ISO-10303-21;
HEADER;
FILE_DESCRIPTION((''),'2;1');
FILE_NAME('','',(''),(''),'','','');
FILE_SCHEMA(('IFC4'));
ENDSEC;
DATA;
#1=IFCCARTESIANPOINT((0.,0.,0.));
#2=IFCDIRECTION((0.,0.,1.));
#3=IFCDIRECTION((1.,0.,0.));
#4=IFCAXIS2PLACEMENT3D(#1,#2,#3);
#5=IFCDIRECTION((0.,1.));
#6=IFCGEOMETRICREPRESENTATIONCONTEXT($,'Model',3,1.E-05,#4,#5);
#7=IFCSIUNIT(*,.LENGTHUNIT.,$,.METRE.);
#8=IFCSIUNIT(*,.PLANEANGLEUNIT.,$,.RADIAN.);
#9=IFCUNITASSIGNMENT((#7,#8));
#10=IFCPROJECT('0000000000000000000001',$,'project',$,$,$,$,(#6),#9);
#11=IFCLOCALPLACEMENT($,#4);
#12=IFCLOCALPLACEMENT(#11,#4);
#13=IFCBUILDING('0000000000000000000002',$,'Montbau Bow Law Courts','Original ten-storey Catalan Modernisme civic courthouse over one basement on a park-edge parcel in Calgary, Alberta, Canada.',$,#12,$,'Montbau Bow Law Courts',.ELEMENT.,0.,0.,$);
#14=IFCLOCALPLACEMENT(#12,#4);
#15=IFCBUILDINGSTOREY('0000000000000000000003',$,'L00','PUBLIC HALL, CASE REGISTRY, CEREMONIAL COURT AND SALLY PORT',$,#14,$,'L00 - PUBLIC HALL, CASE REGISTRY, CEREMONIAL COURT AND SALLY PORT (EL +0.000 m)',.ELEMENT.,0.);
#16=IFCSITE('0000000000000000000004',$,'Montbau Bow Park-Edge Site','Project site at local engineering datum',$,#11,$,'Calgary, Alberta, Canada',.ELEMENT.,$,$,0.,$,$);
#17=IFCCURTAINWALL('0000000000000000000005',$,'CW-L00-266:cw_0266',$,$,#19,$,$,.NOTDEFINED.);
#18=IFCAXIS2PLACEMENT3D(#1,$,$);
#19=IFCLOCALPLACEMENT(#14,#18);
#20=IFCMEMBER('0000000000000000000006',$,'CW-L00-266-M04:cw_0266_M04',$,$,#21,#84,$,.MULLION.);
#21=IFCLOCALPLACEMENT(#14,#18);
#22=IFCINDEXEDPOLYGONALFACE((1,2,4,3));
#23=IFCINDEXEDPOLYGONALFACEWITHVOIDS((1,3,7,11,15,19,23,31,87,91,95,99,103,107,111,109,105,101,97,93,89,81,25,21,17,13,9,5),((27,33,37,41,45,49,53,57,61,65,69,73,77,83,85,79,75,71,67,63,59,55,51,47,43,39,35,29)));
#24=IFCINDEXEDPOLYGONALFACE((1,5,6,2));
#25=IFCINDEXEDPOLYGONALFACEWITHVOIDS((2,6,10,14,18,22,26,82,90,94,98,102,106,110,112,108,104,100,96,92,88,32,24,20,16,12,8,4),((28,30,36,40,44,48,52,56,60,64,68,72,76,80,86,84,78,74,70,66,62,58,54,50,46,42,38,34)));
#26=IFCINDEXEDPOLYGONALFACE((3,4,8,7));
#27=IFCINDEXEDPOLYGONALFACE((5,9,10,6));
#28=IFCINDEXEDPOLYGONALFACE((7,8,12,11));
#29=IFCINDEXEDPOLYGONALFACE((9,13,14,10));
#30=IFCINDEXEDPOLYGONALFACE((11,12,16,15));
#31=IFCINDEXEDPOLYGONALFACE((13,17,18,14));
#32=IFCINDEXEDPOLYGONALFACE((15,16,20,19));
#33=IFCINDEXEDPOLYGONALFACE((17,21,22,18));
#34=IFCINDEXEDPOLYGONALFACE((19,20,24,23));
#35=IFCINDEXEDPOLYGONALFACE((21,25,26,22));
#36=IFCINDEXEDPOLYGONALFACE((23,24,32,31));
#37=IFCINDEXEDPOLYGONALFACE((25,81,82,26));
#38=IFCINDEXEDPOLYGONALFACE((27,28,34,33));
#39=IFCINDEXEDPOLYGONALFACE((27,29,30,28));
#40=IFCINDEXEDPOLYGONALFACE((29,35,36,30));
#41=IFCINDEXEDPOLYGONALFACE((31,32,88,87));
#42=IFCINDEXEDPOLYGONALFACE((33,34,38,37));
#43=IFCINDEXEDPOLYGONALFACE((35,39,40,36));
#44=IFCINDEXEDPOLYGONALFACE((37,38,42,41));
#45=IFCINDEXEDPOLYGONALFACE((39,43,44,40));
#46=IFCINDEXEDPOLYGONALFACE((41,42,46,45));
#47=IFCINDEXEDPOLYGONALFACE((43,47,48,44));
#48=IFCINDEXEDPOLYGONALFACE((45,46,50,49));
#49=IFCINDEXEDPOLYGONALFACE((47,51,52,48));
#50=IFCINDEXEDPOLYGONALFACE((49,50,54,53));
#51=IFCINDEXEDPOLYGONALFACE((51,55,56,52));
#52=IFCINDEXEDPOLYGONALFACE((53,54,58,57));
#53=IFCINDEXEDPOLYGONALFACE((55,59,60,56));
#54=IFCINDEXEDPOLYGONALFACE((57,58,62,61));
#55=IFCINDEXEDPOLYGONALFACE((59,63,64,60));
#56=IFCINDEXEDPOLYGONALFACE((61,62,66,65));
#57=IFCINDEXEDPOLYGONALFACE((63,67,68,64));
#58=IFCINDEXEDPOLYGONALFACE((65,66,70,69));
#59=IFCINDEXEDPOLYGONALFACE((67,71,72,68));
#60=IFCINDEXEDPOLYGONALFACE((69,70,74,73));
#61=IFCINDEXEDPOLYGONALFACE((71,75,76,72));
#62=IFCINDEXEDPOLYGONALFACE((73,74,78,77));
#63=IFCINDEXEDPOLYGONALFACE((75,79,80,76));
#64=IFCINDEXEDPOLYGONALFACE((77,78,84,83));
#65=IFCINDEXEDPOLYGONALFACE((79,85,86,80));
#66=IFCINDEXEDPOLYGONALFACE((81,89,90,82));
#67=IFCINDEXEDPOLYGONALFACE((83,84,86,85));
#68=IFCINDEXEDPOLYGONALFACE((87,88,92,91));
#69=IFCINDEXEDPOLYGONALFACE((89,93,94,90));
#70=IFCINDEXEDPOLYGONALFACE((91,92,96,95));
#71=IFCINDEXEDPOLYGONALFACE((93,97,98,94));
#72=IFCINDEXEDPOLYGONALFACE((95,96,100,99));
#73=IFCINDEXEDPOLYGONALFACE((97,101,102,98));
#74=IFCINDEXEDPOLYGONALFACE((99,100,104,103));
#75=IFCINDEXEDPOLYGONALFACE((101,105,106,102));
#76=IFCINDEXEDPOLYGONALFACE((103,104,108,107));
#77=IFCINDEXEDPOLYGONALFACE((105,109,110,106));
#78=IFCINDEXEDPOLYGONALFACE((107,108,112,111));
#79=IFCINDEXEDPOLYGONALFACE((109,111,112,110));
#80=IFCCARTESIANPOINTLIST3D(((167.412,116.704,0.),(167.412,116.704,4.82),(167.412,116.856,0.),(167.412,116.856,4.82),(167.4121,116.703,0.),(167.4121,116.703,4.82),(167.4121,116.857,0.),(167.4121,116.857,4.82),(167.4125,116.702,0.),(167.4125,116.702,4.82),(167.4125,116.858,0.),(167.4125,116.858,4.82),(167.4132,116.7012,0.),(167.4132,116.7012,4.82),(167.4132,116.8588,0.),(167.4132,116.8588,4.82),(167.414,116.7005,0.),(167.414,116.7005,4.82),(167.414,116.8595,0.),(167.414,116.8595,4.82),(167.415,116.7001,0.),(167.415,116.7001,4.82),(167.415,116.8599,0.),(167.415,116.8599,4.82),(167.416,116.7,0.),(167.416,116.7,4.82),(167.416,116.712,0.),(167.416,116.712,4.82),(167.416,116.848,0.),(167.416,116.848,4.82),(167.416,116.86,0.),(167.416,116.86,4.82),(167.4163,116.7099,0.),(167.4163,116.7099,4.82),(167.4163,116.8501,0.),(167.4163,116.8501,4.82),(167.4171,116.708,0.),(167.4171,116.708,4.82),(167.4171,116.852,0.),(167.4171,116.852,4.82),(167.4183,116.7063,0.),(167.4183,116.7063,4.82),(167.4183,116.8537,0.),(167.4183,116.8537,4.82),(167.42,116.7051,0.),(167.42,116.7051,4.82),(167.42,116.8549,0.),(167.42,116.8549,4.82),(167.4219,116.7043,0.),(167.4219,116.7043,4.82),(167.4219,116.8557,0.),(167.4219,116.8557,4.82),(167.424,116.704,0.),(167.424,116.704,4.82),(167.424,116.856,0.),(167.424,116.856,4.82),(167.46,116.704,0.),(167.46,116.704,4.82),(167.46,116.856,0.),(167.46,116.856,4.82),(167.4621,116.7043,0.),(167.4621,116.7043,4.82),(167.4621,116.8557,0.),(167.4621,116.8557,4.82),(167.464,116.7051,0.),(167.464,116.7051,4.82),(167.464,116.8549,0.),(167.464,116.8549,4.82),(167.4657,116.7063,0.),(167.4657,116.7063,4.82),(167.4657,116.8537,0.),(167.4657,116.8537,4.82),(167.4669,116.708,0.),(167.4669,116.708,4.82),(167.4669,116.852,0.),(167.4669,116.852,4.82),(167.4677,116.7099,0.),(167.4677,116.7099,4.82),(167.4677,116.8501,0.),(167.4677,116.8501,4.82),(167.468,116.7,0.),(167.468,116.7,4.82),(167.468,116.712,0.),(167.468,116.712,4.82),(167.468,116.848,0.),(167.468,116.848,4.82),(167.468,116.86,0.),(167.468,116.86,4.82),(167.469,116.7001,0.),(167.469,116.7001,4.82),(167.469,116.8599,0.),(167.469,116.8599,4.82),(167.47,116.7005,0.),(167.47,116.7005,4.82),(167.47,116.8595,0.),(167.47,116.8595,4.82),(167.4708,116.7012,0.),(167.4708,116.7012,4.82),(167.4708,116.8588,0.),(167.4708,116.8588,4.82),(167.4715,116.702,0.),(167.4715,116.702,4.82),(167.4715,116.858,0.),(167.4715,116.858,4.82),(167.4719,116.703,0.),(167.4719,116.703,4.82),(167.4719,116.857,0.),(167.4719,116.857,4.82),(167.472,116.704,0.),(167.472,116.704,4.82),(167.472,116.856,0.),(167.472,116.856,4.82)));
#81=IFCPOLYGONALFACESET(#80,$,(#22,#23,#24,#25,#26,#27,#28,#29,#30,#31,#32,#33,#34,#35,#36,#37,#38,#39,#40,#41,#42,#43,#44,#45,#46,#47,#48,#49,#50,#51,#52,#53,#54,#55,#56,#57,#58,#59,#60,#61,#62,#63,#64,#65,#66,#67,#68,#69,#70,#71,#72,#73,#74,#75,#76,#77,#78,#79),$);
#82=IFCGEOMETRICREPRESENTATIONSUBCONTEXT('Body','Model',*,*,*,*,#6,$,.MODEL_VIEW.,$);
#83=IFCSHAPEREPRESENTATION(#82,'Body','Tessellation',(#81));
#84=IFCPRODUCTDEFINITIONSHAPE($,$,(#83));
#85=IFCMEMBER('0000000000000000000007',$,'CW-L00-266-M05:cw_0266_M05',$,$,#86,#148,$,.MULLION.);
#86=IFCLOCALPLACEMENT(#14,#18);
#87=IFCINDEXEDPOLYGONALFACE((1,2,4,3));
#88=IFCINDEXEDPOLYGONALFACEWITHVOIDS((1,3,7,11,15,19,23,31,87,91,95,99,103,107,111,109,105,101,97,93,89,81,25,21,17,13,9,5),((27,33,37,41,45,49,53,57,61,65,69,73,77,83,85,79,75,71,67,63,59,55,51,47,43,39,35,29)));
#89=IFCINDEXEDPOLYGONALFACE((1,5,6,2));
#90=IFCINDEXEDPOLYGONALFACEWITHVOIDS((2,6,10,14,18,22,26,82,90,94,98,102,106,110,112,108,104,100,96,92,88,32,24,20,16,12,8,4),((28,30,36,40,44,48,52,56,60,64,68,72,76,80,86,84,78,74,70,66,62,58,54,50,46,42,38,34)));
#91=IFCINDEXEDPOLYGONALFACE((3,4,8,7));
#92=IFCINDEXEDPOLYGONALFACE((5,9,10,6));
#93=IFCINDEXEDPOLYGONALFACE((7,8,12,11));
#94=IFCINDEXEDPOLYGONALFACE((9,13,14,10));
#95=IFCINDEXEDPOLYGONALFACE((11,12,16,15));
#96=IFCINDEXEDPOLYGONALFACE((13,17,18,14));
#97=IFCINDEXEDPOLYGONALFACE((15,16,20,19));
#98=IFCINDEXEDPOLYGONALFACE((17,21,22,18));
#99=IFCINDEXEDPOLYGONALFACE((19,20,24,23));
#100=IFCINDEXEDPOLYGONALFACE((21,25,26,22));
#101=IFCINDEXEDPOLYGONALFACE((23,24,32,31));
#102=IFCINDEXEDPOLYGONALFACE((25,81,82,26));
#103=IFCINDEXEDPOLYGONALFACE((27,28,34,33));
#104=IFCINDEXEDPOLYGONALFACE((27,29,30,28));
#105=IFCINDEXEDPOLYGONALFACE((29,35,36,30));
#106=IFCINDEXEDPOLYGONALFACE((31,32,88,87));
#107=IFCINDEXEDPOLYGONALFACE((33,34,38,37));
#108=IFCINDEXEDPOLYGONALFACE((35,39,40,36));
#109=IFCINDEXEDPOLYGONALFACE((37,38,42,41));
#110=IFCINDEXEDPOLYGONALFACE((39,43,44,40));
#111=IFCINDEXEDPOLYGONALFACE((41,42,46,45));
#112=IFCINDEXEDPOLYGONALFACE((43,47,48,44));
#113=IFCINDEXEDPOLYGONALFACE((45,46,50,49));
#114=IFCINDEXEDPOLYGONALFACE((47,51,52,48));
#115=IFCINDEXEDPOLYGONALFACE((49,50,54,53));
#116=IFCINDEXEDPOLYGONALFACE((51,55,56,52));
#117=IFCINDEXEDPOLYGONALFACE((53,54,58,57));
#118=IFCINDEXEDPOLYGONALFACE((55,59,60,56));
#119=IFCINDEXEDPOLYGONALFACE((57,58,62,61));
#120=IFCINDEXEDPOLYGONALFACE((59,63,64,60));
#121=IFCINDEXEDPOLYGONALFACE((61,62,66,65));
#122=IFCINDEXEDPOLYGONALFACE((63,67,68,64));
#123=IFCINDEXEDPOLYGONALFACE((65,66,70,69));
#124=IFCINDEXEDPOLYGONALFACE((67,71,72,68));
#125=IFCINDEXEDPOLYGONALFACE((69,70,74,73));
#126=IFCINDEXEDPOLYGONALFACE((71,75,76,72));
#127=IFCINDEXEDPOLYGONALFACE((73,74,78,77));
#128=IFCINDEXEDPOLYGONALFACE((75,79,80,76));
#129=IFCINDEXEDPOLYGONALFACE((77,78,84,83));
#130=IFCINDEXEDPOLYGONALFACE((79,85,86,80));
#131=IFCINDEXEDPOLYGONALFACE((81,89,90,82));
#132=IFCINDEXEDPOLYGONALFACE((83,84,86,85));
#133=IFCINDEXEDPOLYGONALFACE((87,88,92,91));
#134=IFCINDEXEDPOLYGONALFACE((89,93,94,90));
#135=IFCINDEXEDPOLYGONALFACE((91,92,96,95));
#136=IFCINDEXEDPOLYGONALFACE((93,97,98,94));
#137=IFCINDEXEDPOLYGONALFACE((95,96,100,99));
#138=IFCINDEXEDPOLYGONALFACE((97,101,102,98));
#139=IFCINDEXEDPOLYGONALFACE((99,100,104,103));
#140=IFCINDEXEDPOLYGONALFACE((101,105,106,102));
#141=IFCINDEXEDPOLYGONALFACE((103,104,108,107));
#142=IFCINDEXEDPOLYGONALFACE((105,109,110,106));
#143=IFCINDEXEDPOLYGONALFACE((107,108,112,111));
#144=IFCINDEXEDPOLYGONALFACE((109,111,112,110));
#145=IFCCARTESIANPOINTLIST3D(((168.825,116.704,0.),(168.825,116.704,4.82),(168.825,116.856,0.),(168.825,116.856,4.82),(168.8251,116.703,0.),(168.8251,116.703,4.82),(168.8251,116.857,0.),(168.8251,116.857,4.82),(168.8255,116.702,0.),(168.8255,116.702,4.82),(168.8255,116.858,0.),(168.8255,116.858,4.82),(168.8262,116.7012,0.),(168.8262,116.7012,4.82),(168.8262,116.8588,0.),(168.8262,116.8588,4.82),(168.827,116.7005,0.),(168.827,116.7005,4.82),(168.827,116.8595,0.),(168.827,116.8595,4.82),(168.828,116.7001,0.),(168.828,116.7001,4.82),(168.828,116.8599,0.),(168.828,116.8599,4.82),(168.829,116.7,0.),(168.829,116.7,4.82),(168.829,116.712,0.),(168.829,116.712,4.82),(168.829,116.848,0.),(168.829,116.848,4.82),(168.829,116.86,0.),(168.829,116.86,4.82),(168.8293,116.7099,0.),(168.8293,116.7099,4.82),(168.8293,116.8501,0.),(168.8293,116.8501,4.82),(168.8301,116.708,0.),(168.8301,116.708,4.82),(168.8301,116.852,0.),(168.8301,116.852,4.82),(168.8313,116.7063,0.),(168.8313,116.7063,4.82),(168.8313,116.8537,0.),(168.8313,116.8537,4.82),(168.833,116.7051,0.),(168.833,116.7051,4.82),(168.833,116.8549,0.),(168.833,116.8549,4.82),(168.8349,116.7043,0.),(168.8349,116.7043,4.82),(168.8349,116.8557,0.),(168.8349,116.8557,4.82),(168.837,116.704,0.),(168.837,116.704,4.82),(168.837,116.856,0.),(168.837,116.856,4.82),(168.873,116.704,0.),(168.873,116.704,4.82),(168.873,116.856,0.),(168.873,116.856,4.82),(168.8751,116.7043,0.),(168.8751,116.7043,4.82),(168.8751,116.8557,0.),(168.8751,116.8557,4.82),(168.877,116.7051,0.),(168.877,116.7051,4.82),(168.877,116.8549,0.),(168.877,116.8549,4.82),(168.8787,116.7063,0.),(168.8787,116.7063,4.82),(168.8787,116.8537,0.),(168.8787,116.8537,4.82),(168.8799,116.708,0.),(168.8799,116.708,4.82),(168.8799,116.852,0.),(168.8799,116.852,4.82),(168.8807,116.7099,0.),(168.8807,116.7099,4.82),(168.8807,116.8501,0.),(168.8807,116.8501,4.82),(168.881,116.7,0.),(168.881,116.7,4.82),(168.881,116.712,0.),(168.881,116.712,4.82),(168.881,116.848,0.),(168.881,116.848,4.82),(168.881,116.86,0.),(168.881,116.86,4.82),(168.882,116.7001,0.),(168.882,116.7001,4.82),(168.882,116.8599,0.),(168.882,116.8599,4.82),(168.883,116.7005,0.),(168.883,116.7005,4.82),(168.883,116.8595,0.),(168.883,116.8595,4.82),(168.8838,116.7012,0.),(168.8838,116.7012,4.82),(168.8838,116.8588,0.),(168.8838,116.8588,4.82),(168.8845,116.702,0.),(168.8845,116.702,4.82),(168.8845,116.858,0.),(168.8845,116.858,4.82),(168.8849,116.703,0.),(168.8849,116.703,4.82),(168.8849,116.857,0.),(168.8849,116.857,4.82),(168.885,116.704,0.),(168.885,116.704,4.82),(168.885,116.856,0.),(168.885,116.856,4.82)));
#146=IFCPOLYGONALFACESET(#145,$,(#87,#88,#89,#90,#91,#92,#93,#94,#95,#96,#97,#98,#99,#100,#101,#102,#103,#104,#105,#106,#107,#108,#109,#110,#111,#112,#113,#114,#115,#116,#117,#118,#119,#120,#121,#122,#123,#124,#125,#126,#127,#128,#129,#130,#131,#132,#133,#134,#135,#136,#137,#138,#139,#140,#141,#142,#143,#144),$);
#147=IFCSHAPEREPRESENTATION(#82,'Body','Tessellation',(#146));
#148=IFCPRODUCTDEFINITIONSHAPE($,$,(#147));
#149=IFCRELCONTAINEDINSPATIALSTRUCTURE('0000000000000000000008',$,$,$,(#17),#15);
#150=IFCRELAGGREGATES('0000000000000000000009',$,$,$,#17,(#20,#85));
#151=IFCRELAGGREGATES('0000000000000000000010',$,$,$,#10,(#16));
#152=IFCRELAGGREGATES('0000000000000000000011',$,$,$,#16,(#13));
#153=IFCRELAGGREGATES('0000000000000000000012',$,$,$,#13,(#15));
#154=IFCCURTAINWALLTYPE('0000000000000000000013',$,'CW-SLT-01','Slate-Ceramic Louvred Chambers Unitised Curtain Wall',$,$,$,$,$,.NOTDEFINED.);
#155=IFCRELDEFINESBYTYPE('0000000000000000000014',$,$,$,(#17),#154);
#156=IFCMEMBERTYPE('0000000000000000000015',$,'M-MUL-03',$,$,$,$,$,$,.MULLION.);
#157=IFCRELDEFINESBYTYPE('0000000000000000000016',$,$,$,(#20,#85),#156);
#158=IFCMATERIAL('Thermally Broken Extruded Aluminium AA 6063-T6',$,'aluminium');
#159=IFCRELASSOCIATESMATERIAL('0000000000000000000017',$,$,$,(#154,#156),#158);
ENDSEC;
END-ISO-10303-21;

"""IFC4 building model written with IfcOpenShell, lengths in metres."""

from ifc_helpers import new_model, si_unit, direction, frame, origin_with_axes, origin_2d_with_axis, place, context, subcontext, project, spatial, hollow_rectangle, extrude, material, material_profile, profile_set, type_object, element, aggregate, save


model = new_model("IFC4")

# Units and contexts
model_context = context("Model", 3, precision=1e-05, world=origin_with_axes(), true_north=direction((0.0, 1.0)))
body_context = subcontext(model_context, "Body", "Model", "MODEL_VIEW")
ifc_project = project(units=[si_unit("LENGTHUNIT", "METRE"), si_unit("PLANEANGLEUNIT", "RADIAN")], contexts=[model_context])

# Site, building, storey
site_placement = place(None, origin_with_axes())
site = spatial("IfcSite", under=ifc_project, at=site_placement, Name="Montbau Bow Park-Edge Site", Description="Project site at local engineering datum", LongName="Calgary, Alberta, Canada", CompositionType="ELEMENT", RefElevation=0.0)
building_placement = place(site_placement, origin_with_axes())
building = spatial("IfcBuilding", under=site, at=building_placement, Name="Montbau Bow Law Courts", Description="Original ten-storey Catalan Modernisme civic courthouse over one basement on a park-edge parcel in Calgary, Alberta, Canada.", LongName="Montbau Bow Law Courts", CompositionType="ELEMENT", ElevationOfRefHeight=0.0, ElevationOfTerrain=0.0)
storey_placement = place(building_placement, origin_with_axes())
storey = spatial("IfcBuildingStorey", under=building, at=storey_placement, Name="L00", Description="PUBLIC HALL, CASE REGISTRY, CEREMONIAL COURT AND SALLY PORT", LongName="L00 - PUBLIC HALL, CASE REGISTRY, CEREMONIAL COURT AND SALLY PORT (EL +0.000 m)", CompositionType="ELEMENT", Elevation=0.0)

# Curtain wall, members
ifc_material_1 = material(Name="Thermally Broken Extruded Aluminium AA 6063-T6", Category="aluminium")
curtain_wall_type = type_object("IfcCurtainWallType", Name="CW-SLT-01", Description="Slate-Ceramic Louvred Chambers Unitised Curtain Wall", PredefinedType="NOTDEFINED", material=ifc_material_1)
curtain_wall_1_placement = place(None, frame((163.115, 116.78, 0.0), z_axis=(0.0, 0.0, 1.0), x_axis=(1.0, 0.0, 0.0)))
curtain_wall_1 = element("IfcCurtainWall", 1, at=curtain_wall_1_placement, inside=storey, type_object=curtain_wall_type, Name="CW-L00-266:cw_0266", PredefinedType="NOTDEFINED")
ifc_material_profile_1 = material_profile(ifc_material_1, hollow_rectangle(XDim=0.06, YDim=0.16, WallThickness=0.004, InnerFilletRadius=0.008, OuterFilletRadius=0.004, at=origin_2d_with_axis()), Name="CWM-160X60", Category="Main", Priority=0)
ifc_profile_set_1 = profile_set([ifc_material_profile_1], Name="Thermally Broken Extruded Aluminium AA 6063-T6")
member_type_1 = type_object("IfcMemberType", Name="M-MUL-03", PredefinedType="MULLION", material=ifc_profile_set_1)
member_1_placement = place(None, frame((167.442, 116.78, 0.0), z_axis=(0.0, 0.0, 1.0), x_axis=(1.0, 0.0, 0.0)))
member_1 = element("IfcMember", 2, at=member_1_placement, type_object=member_type_1, Name="CW-L00-266-M04:cw_0266_M04", PredefinedType="MULLION", context=body_context, shape_type="SweptSolid", body=[
    extrude(hollow_rectangle(XDim=0.06, YDim=0.16, WallThickness=0.004, InnerFilletRadius=0.008, OuterFilletRadius=0.004, at=origin_2d_with_axis()), origin_with_axes(), (0.0, 0.0, 1.0), 4.82),
])
member_2_placement = place(None, frame((168.855, 116.78, 0.0), z_axis=(0.0, 0.0, 1.0), x_axis=(1.0, 0.0, 0.0)))
member_2 = element("IfcMember", 3, at=member_2_placement, type_object=member_type_1, Name="CW-L00-266-M05:cw_0266_M05", PredefinedType="MULLION", context=body_context, shape_type="SweptSolid", body=[
    extrude(hollow_rectangle(XDim=0.06, YDim=0.16, WallThickness=0.004, InnerFilletRadius=0.008, OuterFilletRadius=0.004, at=origin_2d_with_axis()), origin_with_axes(), (0.0, 0.0, 1.0), 4.82),
])

aggregate(curtain_wall_1, [member_1, member_2])

save(model, "model.ifc")
